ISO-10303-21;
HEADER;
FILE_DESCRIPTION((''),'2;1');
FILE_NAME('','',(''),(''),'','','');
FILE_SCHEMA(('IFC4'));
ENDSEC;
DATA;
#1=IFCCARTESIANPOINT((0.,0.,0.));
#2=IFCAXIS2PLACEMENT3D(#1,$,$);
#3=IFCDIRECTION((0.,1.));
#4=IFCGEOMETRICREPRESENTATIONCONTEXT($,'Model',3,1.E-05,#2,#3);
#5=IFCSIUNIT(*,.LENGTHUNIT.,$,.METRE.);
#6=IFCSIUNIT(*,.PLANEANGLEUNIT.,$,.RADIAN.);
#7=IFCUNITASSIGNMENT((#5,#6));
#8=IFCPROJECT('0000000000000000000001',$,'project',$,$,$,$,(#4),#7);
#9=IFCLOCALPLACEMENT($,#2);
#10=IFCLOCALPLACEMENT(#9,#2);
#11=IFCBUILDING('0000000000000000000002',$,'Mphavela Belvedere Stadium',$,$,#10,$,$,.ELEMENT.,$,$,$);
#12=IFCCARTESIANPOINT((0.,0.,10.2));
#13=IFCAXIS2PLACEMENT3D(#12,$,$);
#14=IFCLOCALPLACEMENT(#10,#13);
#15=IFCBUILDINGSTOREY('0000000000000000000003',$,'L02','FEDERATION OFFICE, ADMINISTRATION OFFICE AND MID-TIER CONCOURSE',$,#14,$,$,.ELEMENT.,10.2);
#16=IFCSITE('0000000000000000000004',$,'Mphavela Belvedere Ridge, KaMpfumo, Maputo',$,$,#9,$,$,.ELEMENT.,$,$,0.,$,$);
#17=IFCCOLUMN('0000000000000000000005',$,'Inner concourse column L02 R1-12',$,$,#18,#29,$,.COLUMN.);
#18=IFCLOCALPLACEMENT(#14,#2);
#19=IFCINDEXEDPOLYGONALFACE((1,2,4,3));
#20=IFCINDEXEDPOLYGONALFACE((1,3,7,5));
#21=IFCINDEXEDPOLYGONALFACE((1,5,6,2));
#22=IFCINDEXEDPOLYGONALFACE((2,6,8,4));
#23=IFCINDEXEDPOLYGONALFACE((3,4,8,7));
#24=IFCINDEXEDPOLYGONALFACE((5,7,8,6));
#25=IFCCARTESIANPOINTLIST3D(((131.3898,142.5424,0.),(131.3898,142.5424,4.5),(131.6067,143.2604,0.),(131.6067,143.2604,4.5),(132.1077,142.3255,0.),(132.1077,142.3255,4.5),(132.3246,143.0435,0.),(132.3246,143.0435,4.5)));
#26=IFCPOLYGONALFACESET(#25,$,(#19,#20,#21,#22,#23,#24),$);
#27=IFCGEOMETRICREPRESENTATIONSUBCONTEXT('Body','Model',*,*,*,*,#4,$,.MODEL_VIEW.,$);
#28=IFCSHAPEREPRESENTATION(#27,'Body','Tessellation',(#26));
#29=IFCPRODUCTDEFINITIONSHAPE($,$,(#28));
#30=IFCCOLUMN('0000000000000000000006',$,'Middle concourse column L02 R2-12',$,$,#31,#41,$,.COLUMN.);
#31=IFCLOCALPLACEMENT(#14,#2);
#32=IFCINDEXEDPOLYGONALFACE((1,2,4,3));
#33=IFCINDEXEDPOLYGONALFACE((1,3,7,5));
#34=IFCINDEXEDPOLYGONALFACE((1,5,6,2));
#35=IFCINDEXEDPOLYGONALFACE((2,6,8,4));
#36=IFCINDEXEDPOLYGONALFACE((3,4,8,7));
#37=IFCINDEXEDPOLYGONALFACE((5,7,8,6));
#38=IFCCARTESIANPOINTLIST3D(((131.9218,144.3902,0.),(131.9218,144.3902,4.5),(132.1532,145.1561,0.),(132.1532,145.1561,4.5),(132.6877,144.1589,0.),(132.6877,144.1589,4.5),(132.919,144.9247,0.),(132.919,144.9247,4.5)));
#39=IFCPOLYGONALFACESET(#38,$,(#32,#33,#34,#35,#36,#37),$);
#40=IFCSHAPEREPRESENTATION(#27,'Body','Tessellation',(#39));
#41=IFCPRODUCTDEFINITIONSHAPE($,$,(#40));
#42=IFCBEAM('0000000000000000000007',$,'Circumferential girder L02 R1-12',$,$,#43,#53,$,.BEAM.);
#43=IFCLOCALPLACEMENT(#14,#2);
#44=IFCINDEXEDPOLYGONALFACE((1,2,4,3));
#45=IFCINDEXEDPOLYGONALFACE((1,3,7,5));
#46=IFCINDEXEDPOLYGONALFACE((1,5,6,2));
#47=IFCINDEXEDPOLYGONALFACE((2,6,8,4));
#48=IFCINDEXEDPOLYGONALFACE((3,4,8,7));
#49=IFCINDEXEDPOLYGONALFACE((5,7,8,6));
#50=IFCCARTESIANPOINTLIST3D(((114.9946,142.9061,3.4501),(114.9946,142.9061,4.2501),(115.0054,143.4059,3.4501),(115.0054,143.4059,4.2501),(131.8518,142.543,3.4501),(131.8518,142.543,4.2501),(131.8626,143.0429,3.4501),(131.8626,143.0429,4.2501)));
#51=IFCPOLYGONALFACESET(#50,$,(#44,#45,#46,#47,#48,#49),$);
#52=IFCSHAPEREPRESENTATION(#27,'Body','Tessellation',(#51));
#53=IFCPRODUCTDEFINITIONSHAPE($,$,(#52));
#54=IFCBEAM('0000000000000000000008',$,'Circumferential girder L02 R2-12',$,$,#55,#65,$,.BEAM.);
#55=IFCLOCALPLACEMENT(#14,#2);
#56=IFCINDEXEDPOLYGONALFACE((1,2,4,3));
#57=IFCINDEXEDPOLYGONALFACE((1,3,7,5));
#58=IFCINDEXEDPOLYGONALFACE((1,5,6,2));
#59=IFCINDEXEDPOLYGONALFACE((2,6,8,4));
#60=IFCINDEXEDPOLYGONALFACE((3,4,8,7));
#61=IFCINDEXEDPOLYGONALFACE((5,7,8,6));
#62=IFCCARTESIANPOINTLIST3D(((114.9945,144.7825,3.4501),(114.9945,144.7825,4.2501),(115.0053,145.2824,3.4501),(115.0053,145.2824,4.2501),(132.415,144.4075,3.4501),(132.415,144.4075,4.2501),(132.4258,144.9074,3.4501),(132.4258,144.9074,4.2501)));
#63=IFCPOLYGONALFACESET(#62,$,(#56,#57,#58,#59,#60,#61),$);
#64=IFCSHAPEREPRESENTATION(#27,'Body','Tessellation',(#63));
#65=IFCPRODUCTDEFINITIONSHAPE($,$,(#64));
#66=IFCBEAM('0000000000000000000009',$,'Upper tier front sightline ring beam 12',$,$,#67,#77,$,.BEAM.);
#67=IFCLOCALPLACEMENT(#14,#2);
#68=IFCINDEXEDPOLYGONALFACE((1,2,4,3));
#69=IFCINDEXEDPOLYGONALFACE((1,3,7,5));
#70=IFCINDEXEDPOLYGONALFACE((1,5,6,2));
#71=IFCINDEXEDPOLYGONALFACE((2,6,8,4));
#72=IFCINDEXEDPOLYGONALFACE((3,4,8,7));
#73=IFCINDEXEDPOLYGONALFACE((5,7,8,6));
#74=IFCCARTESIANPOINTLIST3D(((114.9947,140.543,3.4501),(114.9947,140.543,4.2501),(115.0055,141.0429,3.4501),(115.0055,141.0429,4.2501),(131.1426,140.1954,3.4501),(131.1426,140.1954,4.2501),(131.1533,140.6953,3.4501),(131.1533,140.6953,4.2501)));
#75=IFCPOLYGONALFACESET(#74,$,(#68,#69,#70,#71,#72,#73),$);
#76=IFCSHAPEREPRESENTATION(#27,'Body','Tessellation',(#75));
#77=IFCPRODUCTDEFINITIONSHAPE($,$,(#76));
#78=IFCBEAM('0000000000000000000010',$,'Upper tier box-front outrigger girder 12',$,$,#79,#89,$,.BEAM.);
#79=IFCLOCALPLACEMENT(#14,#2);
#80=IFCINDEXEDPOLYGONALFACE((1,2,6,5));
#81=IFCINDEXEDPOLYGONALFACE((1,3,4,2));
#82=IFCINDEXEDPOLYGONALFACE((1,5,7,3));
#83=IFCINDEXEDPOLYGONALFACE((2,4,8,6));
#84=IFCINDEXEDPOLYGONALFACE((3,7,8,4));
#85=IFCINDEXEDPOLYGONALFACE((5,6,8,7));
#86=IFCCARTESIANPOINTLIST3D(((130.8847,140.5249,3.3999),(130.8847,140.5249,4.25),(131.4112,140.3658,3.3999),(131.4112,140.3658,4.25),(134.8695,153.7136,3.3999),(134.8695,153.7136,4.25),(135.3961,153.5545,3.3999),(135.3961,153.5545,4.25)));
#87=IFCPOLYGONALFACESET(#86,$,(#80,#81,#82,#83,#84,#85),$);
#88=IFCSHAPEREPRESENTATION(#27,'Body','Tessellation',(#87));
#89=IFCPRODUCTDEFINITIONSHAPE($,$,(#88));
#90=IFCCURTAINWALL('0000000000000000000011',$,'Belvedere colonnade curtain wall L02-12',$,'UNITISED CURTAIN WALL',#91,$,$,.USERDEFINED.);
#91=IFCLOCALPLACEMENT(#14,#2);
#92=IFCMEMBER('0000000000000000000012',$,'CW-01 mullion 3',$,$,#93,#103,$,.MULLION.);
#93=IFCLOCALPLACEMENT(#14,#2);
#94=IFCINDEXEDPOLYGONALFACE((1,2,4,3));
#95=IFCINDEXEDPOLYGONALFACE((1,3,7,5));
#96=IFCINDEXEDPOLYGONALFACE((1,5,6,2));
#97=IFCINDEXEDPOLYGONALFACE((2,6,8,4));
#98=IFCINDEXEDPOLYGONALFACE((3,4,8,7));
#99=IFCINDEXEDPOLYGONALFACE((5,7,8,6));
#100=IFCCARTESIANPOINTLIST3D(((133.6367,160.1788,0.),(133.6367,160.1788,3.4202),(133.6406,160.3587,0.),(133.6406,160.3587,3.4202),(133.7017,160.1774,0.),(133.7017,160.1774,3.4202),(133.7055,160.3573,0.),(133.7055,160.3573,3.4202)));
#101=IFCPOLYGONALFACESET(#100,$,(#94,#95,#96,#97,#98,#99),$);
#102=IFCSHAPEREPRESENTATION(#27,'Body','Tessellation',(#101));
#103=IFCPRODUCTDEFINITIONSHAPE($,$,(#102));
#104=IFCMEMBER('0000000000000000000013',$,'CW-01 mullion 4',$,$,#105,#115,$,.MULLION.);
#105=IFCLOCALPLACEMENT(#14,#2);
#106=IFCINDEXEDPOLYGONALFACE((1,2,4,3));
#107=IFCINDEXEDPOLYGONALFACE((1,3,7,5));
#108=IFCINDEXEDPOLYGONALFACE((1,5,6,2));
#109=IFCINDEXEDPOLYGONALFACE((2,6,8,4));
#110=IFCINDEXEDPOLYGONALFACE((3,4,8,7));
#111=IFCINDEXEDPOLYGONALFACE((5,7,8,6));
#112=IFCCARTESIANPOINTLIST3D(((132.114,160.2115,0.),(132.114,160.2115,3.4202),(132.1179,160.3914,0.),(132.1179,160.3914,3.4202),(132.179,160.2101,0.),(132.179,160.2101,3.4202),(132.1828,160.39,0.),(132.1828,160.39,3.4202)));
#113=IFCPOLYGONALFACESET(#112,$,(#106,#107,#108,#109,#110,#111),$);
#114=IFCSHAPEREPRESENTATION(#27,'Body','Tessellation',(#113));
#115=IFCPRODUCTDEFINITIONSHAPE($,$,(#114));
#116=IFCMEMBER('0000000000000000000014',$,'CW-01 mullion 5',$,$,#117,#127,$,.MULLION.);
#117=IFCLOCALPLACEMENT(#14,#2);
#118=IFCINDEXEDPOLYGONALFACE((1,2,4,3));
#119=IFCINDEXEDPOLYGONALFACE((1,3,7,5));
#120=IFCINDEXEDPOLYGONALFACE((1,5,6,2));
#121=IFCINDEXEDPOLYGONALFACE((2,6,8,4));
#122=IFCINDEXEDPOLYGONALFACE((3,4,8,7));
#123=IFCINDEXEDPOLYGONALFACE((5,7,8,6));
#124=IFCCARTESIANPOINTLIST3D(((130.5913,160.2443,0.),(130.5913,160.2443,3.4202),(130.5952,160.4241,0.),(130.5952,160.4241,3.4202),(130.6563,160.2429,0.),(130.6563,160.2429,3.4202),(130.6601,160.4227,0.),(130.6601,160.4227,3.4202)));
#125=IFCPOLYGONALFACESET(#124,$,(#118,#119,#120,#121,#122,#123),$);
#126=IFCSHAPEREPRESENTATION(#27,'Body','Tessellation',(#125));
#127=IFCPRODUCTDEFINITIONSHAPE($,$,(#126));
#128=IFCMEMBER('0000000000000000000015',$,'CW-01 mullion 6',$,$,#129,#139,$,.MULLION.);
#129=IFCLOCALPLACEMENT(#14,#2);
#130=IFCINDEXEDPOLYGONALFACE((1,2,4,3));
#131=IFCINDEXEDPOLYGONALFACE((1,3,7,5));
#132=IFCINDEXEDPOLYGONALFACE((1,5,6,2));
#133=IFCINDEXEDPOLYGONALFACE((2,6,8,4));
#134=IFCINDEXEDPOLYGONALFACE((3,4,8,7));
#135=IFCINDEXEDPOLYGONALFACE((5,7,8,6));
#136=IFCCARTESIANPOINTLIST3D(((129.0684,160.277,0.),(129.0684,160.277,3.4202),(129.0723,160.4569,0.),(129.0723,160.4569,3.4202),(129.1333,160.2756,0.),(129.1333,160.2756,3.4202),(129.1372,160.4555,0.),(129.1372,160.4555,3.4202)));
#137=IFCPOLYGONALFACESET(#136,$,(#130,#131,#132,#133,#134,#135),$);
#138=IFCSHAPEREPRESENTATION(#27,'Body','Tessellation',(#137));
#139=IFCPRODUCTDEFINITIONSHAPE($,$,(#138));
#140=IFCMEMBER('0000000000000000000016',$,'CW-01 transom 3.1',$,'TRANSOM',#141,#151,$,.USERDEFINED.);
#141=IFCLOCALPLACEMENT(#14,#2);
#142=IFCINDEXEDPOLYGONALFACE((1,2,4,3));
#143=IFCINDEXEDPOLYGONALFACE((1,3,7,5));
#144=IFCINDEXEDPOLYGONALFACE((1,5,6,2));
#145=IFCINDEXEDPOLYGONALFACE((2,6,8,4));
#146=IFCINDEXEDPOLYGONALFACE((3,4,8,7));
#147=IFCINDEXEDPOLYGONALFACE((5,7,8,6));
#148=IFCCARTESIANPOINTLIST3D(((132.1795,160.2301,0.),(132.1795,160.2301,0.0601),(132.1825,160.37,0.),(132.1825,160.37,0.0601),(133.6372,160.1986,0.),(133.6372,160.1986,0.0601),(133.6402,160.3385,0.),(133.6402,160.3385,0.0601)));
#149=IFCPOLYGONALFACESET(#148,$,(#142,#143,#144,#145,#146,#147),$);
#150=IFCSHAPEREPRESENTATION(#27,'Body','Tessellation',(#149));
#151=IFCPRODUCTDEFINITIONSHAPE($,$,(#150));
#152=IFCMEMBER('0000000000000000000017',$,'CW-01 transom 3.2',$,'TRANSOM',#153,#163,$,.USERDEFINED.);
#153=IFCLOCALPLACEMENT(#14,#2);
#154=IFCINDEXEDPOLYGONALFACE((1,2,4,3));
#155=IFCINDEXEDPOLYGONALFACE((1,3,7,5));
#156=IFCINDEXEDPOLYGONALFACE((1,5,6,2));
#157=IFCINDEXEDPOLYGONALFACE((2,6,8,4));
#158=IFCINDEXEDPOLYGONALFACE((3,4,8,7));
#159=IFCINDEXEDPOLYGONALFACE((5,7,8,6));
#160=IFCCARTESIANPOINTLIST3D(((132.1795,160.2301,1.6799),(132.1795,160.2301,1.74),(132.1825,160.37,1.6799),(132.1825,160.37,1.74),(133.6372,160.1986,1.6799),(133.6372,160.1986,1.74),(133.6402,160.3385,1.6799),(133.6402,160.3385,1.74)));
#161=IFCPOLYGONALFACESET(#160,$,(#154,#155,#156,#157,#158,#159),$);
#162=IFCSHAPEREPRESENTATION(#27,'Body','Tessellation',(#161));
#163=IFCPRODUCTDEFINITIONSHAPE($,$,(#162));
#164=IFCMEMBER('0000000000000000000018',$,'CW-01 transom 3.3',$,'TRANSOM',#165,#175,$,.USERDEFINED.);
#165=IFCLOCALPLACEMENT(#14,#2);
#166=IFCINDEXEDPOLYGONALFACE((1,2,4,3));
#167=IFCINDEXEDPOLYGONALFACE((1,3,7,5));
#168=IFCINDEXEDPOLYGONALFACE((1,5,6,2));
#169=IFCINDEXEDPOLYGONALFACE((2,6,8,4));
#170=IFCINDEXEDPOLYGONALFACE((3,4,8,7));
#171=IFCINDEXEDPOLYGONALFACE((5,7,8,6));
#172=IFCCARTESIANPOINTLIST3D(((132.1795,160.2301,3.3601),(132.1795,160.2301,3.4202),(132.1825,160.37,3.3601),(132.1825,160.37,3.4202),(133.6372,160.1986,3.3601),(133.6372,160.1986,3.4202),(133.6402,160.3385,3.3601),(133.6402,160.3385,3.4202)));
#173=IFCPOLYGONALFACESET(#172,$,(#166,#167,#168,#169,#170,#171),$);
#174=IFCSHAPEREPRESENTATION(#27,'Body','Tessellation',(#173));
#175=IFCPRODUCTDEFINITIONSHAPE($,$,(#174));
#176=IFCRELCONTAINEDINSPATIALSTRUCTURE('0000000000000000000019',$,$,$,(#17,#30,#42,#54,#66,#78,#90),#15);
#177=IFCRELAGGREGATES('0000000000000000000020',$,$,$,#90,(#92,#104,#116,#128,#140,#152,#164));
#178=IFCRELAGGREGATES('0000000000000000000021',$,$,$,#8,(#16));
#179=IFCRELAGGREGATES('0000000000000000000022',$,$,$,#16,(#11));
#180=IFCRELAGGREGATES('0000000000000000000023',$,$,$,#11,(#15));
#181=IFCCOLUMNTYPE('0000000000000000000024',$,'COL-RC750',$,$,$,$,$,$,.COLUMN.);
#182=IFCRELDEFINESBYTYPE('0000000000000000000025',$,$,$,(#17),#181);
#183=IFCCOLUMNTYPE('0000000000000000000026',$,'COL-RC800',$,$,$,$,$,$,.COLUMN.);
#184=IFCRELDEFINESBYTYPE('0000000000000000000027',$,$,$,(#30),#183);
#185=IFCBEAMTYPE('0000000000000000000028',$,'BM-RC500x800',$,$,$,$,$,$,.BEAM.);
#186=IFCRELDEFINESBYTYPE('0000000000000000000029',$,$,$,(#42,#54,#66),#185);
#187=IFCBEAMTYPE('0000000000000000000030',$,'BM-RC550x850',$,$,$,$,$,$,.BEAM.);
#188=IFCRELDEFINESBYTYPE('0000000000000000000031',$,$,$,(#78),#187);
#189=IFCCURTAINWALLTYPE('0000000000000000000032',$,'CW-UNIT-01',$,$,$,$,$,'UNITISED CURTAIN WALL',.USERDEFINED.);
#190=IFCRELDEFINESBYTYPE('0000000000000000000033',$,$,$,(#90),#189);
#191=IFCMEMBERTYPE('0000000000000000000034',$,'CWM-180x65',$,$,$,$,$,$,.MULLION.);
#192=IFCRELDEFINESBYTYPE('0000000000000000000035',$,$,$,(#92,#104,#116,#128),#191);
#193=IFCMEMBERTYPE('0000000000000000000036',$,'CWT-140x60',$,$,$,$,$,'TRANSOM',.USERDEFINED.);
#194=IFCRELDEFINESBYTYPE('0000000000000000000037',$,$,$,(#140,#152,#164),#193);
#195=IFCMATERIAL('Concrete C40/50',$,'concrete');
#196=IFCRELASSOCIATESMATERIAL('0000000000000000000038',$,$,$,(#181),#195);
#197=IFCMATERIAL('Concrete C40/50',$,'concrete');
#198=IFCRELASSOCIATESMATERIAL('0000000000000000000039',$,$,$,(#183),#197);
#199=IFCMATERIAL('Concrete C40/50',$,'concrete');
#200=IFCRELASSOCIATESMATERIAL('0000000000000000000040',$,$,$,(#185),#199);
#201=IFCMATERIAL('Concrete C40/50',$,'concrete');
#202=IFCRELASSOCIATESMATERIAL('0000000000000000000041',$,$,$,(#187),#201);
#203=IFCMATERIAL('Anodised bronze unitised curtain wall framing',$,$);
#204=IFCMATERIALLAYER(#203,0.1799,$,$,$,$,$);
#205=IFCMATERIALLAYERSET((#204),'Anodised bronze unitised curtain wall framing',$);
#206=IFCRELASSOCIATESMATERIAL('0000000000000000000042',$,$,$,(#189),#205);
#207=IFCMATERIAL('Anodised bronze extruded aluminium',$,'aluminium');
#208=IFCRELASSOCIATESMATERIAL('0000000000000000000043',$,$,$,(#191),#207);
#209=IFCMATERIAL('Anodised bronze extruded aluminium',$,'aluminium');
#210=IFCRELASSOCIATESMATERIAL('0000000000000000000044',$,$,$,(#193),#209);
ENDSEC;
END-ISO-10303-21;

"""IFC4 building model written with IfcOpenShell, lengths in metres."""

from ifc_helpers import new_model, si_unit, direction, frame, origin, origin_2d, place, context, subcontext, project, spatial, rectangle, extrude, material, layer, layer_set, material_profile, profile_set, type_object, element, aggregate, save


model = new_model("IFC4")

# Units and contexts
model_context = context("Model", 3, precision=1e-05, world=origin(), true_north=direction((0.0, 1.0)))
body_context = subcontext(model_context, "Body", "Model", "MODEL_VIEW")
ifc_project = project(units=[si_unit("LENGTHUNIT", "METRE"), si_unit("PLANEANGLEUNIT", "RADIAN")], contexts=[model_context])

# Site, building, storey
site_placement = place(None, origin())
site = spatial("IfcSite", under=ifc_project, at=site_placement, Name="Mphavela Belvedere Ridge, KaMpfumo, Maputo", CompositionType="ELEMENT", RefElevation=0.0)
building_placement = place(site_placement, origin())
building = spatial("IfcBuilding", under=site, at=building_placement, Name="Mphavela Belvedere Stadium", CompositionType="ELEMENT")
storey_placement = place(building_placement, frame((0.0, 0.0, 10.2)))
storey = spatial("IfcBuildingStorey", under=building, at=storey_placement, Name="L02", Description="FEDERATION OFFICE, ADMINISTRATION OFFICE AND MID-TIER CONCOURSE", CompositionType="ELEMENT", Elevation=10.2)

# Columns
ifc_material_1 = material(Name="Concrete C40/50", Category="concrete")
ifc_material_profile_1 = material_profile(ifc_material_1, rectangle(XDim=0.75, YDim=0.75, at=origin_2d()), Name="RC 750x750")
ifc_profile_set_1 = profile_set([ifc_material_profile_1], Name="Concrete C40/50")
column_type_1 = type_object("IfcColumnType", Name="COL-RC750", PredefinedType="COLUMN", material=ifc_profile_set_1)
column_1_placement = place(storey_placement, frame((131.8572, 142.793, 0.0), z_axis=(0.0, 0.0, 1.0), x_axis=(0.289199, 0.957269, 0.0)))
element("IfcColumn", 1, at=column_1_placement, inside=storey, type_object=column_type_1, Name="Inner concourse column L02 R1-12", PredefinedType="COLUMN", context=body_context, shape_type="SweptSolid", body=[
    extrude(rectangle(XDim=0.75, YDim=0.75, at=origin_2d()), origin(), (0.0, 0.0, 1.0), 4.5),
])
ifc_material_2 = material(Name="Concrete C40/50", Category="concrete")
ifc_material_profile_2 = material_profile(ifc_material_2, rectangle(XDim=0.8, YDim=0.8, at=origin_2d()), Name="RC 800x800")
ifc_profile_set_2 = profile_set([ifc_material_profile_2], Name="Concrete C40/50")
column_type_2 = type_object("IfcColumnType", Name="COL-RC800", PredefinedType="COLUMN", material=ifc_profile_set_2)
column_2_placement = place(storey_placement, frame((132.4204, 144.6575, 0.0), z_axis=(0.0, 0.0, 1.0), x_axis=(0.289199, 0.957269, 0.0)))
element("IfcColumn", 2, at=column_2_placement, inside=storey, type_object=column_type_2, Name="Middle concourse column L02 R2-12", PredefinedType="COLUMN", context=body_context, shape_type="SweptSolid", body=[
    extrude(rectangle(XDim=0.8, YDim=0.8, at=origin_2d()), origin(), (0.0, 0.0, 1.0), 4.5),
])

# Beams
ifc_material_3 = material(Name="Concrete C40/50", Category="concrete")
ifc_material_profile_3 = material_profile(ifc_material_3, rectangle(XDim=0.5, YDim=0.8, at=origin_2d()), Name="RC 500x800")
ifc_profile_set_3 = profile_set([ifc_material_profile_3], Name="Concrete C40/50")
beam_type_1 = type_object("IfcBeamType", Name="BM-RC500x800", PredefinedType="BEAM", material=ifc_profile_set_3)
beam_1_placement = place(storey_placement, frame((131.8572, 142.793, 3.8501), z_axis=(-0.999768, 0.021531, 0.0), x_axis=(-0.021531, -0.999768, 0.0)))
element("IfcBeam", 3, at=beam_1_placement, inside=storey, type_object=beam_type_1, Name="Circumferential girder L02 R1-12", PredefinedType="BEAM", context=body_context, shape_type="SweptSolid", body=[
    extrude(rectangle(XDim=0.5, YDim=0.8, at=origin_2d()), origin(), (0.0, 0.0, 1.0), 16.8611),
])
beam_2_placement = place(storey_placement, frame((132.4204, 144.6575, 3.8501), z_axis=(-0.999768, 0.021521, 0.0), x_axis=(-0.021521, -0.999768, 0.0)))
element("IfcBeam", 4, at=beam_2_placement, inside=storey, type_object=beam_type_1, Name="Circumferential girder L02 R2-12", PredefinedType="BEAM", context=body_context, shape_type="SweptSolid", body=[
    extrude(rectangle(XDim=0.5, YDim=0.8, at=origin_2d()), origin(), (0.0, 0.0, 1.0), 17.4246),
])
beam_3_placement = place(storey_placement, frame((131.1479, 140.4453, 3.8501), z_axis=(-0.999768, 0.021524, 0.0), x_axis=(-0.021524, -0.999768, 0.0)))
element("IfcBeam", 5, at=beam_3_placement, inside=storey, type_object=beam_type_1, Name="Upper tier front sightline ring beam 12", PredefinedType="BEAM", context=body_context, shape_type="SweptSolid", body=[
    extrude(rectangle(XDim=0.5, YDim=0.8, at=origin_2d()), origin(), (0.0, 0.0, 1.0), 16.1516),
])
ifc_material_4 = material(Name="Concrete C40/50", Category="concrete")
ifc_material_profile_4 = material_profile(ifc_material_4, rectangle(XDim=0.55, YDim=0.8501, at=origin_2d()), Name="RC 550x850")
ifc_profile_set_4 = profile_set([ifc_material_profile_4], Name="Concrete C40/50")
beam_type_2 = type_object("IfcBeamType", Name="BM-RC550x850", PredefinedType="BEAM", material=ifc_profile_set_4)
beam_4_placement = place(storey_placement, frame((131.1479, 140.4453, 3.825), z_axis=(0.289228, 0.95726, 0.0), x_axis=(-0.95726, 0.289228, 0.0)))
element("IfcBeam", 6, at=beam_4_placement, inside=storey, type_object=beam_type_2, Name="Upper tier box-front outrigger girder 12", PredefinedType="BEAM", context=body_context, shape_type="SweptSolid", body=[
    extrude(rectangle(XDim=0.55, YDim=0.8501, at=origin_2d()), origin(), (0.0, 0.0, 1.0), 13.7776),
])

# Curtain wall, members
ifc_material_5 = material(Name="Anodised bronze unitised curtain wall framing")
ifc_layer_1 = layer(ifc_material_5, 0.1799)
ifc_layer_set_1 = layer_set([ifc_layer_1], Name="Anodised bronze unitised curtain wall framing")
curtain_wall_type = type_object("IfcCurtainWallType", Name="CW-UNIT-01", ElementType="UNITISED CURTAIN WALL", PredefinedType="USERDEFINED", material=ifc_layer_set_1)
curtain_wall_placement = place(storey_placement, origin())
curtain_wall = element("IfcCurtainWall", 7, at=curtain_wall_placement, inside=storey, type_object=curtain_wall_type, Name="Belvedere colonnade curtain wall L02-12", ObjectType="UNITISED CURTAIN WALL", PredefinedType="USERDEFINED")
ifc_material_6 = material(Name="Anodised bronze extruded aluminium", Category="aluminium")
ifc_material_profile_5 = material_profile(ifc_material_6, rectangle(XDim=0.1799, YDim=0.0649, at=origin_2d()), Name="CW-MUL 180x65")
ifc_profile_set_5 = profile_set([ifc_material_profile_5], Name="Anodised bronze extruded aluminium")
member_type_1 = type_object("IfcMemberType", Name="CWM-180x65", PredefinedType="MULLION", material=ifc_profile_set_5)
member_1_placement = place(storey_placement, frame((133.6711, 160.2681, 0.0), z_axis=(0.0, 0.0, 1.0), x_axis=(-0.021525, -0.999768, 0.0)))
member_1 = element("IfcMember", 8, at=member_1_placement, type_object=member_type_1, Name="CW-01 mullion 3", PredefinedType="MULLION", context=body_context, shape_type="SweptSolid", body=[
    extrude(rectangle(XDim=0.1799, YDim=0.0649, at=origin_2d()), origin(), (0.0, 0.0, 1.0), 3.4202),
])
member_2_placement = place(storey_placement, frame((132.1484, 160.3008, 0.0), z_axis=(0.0, 0.0, 1.0), x_axis=(-0.021525, -0.999768, 0.0)))
member_2 = element("IfcMember", 9, at=member_2_placement, type_object=member_type_1, Name="CW-01 mullion 4", PredefinedType="MULLION", context=body_context, shape_type="SweptSolid", body=[
    extrude(rectangle(XDim=0.1799, YDim=0.0649, at=origin_2d()), origin(), (0.0, 0.0, 1.0), 3.4202),
])
member_3_placement = place(storey_placement, frame((130.6257, 160.3335, 0.0), z_axis=(0.0, 0.0, 1.0), x_axis=(-0.021525, -0.999768, 0.0)))
member_3 = element("IfcMember", 10, at=member_3_placement, type_object=member_type_1, Name="CW-01 mullion 5", PredefinedType="MULLION", context=body_context, shape_type="SweptSolid", body=[
    extrude(rectangle(XDim=0.1799, YDim=0.0649, at=origin_2d()), origin(), (0.0, 0.0, 1.0), 3.4202),
])
member_4_placement = place(storey_placement, frame((129.1028, 160.3662, 0.0), z_axis=(0.0, 0.0, 1.0), x_axis=(-0.021525, -0.999768, 0.0)))
member_4 = element("IfcMember", 11, at=member_4_placement, type_object=member_type_1, Name="CW-01 mullion 6", PredefinedType="MULLION", context=body_context, shape_type="SweptSolid", body=[
    extrude(rectangle(XDim=0.1799, YDim=0.0649, at=origin_2d()), origin(), (0.0, 0.0, 1.0), 3.4202),
])
ifc_material_7 = material(Name="Anodised bronze extruded aluminium", Category="aluminium")
ifc_material_profile_6 = material_profile(ifc_material_7, rectangle(XDim=0.1399, YDim=0.0601, at=origin_2d()), Name="CW-TRN 140x60")
ifc_profile_set_6 = profile_set([ifc_material_profile_6], Name="Anodised bronze extruded aluminium")
member_type_2 = type_object("IfcMemberType", Name="CWT-140x60", ElementType="TRANSOM", PredefinedType="USERDEFINED", material=ifc_profile_set_6)
member_5_placement = place(storey_placement, frame((133.6387, 160.2686, 0.03), z_axis=(-0.999767, 0.021599, 0.0), x_axis=(-0.021599, -0.999767, 0.0)))
member_5 = element("IfcMember", 12, at=member_5_placement, type_object=member_type_2, Name="CW-01 transom 3.1", ObjectType="TRANSOM", PredefinedType="USERDEFINED", context=body_context, shape_type="SweptSolid", body=[
    extrude(rectangle(XDim=0.1399, YDim=0.0601, at=origin_2d()), origin(), (0.0, 0.0, 1.0), 1.458),
])
member_6_placement = place(storey_placement, frame((133.6387, 160.2686, 1.71), z_axis=(-0.999767, 0.021599, 0.0), x_axis=(-0.021599, -0.999767, 0.0)))
member_6 = element("IfcMember", 13, at=member_6_placement, type_object=member_type_2, Name="CW-01 transom 3.2", ObjectType="TRANSOM", PredefinedType="USERDEFINED", context=body_context, shape_type="SweptSolid", body=[
    extrude(rectangle(XDim=0.1399, YDim=0.0601, at=origin_2d()), origin(), (0.0, 0.0, 1.0), 1.458),
])
member_7_placement = place(storey_placement, frame((133.6387, 160.2686, 3.3901), z_axis=(-0.999767, 0.021599, 0.0), x_axis=(-0.021599, -0.999767, 0.0)))
member_7 = element("IfcMember", 14, at=member_7_placement, type_object=member_type_2, Name="CW-01 transom 3.3", ObjectType="TRANSOM", PredefinedType="USERDEFINED", context=body_context, shape_type="SweptSolid", body=[
    extrude(rectangle(XDim=0.1399, YDim=0.0601, at=origin_2d()), origin(), (0.0, 0.0, 1.0), 1.458),
])
aggregate(curtain_wall, [member_1, member_2, member_3, member_4, member_5, member_6, member_7])

save(model, "model.ifc")
